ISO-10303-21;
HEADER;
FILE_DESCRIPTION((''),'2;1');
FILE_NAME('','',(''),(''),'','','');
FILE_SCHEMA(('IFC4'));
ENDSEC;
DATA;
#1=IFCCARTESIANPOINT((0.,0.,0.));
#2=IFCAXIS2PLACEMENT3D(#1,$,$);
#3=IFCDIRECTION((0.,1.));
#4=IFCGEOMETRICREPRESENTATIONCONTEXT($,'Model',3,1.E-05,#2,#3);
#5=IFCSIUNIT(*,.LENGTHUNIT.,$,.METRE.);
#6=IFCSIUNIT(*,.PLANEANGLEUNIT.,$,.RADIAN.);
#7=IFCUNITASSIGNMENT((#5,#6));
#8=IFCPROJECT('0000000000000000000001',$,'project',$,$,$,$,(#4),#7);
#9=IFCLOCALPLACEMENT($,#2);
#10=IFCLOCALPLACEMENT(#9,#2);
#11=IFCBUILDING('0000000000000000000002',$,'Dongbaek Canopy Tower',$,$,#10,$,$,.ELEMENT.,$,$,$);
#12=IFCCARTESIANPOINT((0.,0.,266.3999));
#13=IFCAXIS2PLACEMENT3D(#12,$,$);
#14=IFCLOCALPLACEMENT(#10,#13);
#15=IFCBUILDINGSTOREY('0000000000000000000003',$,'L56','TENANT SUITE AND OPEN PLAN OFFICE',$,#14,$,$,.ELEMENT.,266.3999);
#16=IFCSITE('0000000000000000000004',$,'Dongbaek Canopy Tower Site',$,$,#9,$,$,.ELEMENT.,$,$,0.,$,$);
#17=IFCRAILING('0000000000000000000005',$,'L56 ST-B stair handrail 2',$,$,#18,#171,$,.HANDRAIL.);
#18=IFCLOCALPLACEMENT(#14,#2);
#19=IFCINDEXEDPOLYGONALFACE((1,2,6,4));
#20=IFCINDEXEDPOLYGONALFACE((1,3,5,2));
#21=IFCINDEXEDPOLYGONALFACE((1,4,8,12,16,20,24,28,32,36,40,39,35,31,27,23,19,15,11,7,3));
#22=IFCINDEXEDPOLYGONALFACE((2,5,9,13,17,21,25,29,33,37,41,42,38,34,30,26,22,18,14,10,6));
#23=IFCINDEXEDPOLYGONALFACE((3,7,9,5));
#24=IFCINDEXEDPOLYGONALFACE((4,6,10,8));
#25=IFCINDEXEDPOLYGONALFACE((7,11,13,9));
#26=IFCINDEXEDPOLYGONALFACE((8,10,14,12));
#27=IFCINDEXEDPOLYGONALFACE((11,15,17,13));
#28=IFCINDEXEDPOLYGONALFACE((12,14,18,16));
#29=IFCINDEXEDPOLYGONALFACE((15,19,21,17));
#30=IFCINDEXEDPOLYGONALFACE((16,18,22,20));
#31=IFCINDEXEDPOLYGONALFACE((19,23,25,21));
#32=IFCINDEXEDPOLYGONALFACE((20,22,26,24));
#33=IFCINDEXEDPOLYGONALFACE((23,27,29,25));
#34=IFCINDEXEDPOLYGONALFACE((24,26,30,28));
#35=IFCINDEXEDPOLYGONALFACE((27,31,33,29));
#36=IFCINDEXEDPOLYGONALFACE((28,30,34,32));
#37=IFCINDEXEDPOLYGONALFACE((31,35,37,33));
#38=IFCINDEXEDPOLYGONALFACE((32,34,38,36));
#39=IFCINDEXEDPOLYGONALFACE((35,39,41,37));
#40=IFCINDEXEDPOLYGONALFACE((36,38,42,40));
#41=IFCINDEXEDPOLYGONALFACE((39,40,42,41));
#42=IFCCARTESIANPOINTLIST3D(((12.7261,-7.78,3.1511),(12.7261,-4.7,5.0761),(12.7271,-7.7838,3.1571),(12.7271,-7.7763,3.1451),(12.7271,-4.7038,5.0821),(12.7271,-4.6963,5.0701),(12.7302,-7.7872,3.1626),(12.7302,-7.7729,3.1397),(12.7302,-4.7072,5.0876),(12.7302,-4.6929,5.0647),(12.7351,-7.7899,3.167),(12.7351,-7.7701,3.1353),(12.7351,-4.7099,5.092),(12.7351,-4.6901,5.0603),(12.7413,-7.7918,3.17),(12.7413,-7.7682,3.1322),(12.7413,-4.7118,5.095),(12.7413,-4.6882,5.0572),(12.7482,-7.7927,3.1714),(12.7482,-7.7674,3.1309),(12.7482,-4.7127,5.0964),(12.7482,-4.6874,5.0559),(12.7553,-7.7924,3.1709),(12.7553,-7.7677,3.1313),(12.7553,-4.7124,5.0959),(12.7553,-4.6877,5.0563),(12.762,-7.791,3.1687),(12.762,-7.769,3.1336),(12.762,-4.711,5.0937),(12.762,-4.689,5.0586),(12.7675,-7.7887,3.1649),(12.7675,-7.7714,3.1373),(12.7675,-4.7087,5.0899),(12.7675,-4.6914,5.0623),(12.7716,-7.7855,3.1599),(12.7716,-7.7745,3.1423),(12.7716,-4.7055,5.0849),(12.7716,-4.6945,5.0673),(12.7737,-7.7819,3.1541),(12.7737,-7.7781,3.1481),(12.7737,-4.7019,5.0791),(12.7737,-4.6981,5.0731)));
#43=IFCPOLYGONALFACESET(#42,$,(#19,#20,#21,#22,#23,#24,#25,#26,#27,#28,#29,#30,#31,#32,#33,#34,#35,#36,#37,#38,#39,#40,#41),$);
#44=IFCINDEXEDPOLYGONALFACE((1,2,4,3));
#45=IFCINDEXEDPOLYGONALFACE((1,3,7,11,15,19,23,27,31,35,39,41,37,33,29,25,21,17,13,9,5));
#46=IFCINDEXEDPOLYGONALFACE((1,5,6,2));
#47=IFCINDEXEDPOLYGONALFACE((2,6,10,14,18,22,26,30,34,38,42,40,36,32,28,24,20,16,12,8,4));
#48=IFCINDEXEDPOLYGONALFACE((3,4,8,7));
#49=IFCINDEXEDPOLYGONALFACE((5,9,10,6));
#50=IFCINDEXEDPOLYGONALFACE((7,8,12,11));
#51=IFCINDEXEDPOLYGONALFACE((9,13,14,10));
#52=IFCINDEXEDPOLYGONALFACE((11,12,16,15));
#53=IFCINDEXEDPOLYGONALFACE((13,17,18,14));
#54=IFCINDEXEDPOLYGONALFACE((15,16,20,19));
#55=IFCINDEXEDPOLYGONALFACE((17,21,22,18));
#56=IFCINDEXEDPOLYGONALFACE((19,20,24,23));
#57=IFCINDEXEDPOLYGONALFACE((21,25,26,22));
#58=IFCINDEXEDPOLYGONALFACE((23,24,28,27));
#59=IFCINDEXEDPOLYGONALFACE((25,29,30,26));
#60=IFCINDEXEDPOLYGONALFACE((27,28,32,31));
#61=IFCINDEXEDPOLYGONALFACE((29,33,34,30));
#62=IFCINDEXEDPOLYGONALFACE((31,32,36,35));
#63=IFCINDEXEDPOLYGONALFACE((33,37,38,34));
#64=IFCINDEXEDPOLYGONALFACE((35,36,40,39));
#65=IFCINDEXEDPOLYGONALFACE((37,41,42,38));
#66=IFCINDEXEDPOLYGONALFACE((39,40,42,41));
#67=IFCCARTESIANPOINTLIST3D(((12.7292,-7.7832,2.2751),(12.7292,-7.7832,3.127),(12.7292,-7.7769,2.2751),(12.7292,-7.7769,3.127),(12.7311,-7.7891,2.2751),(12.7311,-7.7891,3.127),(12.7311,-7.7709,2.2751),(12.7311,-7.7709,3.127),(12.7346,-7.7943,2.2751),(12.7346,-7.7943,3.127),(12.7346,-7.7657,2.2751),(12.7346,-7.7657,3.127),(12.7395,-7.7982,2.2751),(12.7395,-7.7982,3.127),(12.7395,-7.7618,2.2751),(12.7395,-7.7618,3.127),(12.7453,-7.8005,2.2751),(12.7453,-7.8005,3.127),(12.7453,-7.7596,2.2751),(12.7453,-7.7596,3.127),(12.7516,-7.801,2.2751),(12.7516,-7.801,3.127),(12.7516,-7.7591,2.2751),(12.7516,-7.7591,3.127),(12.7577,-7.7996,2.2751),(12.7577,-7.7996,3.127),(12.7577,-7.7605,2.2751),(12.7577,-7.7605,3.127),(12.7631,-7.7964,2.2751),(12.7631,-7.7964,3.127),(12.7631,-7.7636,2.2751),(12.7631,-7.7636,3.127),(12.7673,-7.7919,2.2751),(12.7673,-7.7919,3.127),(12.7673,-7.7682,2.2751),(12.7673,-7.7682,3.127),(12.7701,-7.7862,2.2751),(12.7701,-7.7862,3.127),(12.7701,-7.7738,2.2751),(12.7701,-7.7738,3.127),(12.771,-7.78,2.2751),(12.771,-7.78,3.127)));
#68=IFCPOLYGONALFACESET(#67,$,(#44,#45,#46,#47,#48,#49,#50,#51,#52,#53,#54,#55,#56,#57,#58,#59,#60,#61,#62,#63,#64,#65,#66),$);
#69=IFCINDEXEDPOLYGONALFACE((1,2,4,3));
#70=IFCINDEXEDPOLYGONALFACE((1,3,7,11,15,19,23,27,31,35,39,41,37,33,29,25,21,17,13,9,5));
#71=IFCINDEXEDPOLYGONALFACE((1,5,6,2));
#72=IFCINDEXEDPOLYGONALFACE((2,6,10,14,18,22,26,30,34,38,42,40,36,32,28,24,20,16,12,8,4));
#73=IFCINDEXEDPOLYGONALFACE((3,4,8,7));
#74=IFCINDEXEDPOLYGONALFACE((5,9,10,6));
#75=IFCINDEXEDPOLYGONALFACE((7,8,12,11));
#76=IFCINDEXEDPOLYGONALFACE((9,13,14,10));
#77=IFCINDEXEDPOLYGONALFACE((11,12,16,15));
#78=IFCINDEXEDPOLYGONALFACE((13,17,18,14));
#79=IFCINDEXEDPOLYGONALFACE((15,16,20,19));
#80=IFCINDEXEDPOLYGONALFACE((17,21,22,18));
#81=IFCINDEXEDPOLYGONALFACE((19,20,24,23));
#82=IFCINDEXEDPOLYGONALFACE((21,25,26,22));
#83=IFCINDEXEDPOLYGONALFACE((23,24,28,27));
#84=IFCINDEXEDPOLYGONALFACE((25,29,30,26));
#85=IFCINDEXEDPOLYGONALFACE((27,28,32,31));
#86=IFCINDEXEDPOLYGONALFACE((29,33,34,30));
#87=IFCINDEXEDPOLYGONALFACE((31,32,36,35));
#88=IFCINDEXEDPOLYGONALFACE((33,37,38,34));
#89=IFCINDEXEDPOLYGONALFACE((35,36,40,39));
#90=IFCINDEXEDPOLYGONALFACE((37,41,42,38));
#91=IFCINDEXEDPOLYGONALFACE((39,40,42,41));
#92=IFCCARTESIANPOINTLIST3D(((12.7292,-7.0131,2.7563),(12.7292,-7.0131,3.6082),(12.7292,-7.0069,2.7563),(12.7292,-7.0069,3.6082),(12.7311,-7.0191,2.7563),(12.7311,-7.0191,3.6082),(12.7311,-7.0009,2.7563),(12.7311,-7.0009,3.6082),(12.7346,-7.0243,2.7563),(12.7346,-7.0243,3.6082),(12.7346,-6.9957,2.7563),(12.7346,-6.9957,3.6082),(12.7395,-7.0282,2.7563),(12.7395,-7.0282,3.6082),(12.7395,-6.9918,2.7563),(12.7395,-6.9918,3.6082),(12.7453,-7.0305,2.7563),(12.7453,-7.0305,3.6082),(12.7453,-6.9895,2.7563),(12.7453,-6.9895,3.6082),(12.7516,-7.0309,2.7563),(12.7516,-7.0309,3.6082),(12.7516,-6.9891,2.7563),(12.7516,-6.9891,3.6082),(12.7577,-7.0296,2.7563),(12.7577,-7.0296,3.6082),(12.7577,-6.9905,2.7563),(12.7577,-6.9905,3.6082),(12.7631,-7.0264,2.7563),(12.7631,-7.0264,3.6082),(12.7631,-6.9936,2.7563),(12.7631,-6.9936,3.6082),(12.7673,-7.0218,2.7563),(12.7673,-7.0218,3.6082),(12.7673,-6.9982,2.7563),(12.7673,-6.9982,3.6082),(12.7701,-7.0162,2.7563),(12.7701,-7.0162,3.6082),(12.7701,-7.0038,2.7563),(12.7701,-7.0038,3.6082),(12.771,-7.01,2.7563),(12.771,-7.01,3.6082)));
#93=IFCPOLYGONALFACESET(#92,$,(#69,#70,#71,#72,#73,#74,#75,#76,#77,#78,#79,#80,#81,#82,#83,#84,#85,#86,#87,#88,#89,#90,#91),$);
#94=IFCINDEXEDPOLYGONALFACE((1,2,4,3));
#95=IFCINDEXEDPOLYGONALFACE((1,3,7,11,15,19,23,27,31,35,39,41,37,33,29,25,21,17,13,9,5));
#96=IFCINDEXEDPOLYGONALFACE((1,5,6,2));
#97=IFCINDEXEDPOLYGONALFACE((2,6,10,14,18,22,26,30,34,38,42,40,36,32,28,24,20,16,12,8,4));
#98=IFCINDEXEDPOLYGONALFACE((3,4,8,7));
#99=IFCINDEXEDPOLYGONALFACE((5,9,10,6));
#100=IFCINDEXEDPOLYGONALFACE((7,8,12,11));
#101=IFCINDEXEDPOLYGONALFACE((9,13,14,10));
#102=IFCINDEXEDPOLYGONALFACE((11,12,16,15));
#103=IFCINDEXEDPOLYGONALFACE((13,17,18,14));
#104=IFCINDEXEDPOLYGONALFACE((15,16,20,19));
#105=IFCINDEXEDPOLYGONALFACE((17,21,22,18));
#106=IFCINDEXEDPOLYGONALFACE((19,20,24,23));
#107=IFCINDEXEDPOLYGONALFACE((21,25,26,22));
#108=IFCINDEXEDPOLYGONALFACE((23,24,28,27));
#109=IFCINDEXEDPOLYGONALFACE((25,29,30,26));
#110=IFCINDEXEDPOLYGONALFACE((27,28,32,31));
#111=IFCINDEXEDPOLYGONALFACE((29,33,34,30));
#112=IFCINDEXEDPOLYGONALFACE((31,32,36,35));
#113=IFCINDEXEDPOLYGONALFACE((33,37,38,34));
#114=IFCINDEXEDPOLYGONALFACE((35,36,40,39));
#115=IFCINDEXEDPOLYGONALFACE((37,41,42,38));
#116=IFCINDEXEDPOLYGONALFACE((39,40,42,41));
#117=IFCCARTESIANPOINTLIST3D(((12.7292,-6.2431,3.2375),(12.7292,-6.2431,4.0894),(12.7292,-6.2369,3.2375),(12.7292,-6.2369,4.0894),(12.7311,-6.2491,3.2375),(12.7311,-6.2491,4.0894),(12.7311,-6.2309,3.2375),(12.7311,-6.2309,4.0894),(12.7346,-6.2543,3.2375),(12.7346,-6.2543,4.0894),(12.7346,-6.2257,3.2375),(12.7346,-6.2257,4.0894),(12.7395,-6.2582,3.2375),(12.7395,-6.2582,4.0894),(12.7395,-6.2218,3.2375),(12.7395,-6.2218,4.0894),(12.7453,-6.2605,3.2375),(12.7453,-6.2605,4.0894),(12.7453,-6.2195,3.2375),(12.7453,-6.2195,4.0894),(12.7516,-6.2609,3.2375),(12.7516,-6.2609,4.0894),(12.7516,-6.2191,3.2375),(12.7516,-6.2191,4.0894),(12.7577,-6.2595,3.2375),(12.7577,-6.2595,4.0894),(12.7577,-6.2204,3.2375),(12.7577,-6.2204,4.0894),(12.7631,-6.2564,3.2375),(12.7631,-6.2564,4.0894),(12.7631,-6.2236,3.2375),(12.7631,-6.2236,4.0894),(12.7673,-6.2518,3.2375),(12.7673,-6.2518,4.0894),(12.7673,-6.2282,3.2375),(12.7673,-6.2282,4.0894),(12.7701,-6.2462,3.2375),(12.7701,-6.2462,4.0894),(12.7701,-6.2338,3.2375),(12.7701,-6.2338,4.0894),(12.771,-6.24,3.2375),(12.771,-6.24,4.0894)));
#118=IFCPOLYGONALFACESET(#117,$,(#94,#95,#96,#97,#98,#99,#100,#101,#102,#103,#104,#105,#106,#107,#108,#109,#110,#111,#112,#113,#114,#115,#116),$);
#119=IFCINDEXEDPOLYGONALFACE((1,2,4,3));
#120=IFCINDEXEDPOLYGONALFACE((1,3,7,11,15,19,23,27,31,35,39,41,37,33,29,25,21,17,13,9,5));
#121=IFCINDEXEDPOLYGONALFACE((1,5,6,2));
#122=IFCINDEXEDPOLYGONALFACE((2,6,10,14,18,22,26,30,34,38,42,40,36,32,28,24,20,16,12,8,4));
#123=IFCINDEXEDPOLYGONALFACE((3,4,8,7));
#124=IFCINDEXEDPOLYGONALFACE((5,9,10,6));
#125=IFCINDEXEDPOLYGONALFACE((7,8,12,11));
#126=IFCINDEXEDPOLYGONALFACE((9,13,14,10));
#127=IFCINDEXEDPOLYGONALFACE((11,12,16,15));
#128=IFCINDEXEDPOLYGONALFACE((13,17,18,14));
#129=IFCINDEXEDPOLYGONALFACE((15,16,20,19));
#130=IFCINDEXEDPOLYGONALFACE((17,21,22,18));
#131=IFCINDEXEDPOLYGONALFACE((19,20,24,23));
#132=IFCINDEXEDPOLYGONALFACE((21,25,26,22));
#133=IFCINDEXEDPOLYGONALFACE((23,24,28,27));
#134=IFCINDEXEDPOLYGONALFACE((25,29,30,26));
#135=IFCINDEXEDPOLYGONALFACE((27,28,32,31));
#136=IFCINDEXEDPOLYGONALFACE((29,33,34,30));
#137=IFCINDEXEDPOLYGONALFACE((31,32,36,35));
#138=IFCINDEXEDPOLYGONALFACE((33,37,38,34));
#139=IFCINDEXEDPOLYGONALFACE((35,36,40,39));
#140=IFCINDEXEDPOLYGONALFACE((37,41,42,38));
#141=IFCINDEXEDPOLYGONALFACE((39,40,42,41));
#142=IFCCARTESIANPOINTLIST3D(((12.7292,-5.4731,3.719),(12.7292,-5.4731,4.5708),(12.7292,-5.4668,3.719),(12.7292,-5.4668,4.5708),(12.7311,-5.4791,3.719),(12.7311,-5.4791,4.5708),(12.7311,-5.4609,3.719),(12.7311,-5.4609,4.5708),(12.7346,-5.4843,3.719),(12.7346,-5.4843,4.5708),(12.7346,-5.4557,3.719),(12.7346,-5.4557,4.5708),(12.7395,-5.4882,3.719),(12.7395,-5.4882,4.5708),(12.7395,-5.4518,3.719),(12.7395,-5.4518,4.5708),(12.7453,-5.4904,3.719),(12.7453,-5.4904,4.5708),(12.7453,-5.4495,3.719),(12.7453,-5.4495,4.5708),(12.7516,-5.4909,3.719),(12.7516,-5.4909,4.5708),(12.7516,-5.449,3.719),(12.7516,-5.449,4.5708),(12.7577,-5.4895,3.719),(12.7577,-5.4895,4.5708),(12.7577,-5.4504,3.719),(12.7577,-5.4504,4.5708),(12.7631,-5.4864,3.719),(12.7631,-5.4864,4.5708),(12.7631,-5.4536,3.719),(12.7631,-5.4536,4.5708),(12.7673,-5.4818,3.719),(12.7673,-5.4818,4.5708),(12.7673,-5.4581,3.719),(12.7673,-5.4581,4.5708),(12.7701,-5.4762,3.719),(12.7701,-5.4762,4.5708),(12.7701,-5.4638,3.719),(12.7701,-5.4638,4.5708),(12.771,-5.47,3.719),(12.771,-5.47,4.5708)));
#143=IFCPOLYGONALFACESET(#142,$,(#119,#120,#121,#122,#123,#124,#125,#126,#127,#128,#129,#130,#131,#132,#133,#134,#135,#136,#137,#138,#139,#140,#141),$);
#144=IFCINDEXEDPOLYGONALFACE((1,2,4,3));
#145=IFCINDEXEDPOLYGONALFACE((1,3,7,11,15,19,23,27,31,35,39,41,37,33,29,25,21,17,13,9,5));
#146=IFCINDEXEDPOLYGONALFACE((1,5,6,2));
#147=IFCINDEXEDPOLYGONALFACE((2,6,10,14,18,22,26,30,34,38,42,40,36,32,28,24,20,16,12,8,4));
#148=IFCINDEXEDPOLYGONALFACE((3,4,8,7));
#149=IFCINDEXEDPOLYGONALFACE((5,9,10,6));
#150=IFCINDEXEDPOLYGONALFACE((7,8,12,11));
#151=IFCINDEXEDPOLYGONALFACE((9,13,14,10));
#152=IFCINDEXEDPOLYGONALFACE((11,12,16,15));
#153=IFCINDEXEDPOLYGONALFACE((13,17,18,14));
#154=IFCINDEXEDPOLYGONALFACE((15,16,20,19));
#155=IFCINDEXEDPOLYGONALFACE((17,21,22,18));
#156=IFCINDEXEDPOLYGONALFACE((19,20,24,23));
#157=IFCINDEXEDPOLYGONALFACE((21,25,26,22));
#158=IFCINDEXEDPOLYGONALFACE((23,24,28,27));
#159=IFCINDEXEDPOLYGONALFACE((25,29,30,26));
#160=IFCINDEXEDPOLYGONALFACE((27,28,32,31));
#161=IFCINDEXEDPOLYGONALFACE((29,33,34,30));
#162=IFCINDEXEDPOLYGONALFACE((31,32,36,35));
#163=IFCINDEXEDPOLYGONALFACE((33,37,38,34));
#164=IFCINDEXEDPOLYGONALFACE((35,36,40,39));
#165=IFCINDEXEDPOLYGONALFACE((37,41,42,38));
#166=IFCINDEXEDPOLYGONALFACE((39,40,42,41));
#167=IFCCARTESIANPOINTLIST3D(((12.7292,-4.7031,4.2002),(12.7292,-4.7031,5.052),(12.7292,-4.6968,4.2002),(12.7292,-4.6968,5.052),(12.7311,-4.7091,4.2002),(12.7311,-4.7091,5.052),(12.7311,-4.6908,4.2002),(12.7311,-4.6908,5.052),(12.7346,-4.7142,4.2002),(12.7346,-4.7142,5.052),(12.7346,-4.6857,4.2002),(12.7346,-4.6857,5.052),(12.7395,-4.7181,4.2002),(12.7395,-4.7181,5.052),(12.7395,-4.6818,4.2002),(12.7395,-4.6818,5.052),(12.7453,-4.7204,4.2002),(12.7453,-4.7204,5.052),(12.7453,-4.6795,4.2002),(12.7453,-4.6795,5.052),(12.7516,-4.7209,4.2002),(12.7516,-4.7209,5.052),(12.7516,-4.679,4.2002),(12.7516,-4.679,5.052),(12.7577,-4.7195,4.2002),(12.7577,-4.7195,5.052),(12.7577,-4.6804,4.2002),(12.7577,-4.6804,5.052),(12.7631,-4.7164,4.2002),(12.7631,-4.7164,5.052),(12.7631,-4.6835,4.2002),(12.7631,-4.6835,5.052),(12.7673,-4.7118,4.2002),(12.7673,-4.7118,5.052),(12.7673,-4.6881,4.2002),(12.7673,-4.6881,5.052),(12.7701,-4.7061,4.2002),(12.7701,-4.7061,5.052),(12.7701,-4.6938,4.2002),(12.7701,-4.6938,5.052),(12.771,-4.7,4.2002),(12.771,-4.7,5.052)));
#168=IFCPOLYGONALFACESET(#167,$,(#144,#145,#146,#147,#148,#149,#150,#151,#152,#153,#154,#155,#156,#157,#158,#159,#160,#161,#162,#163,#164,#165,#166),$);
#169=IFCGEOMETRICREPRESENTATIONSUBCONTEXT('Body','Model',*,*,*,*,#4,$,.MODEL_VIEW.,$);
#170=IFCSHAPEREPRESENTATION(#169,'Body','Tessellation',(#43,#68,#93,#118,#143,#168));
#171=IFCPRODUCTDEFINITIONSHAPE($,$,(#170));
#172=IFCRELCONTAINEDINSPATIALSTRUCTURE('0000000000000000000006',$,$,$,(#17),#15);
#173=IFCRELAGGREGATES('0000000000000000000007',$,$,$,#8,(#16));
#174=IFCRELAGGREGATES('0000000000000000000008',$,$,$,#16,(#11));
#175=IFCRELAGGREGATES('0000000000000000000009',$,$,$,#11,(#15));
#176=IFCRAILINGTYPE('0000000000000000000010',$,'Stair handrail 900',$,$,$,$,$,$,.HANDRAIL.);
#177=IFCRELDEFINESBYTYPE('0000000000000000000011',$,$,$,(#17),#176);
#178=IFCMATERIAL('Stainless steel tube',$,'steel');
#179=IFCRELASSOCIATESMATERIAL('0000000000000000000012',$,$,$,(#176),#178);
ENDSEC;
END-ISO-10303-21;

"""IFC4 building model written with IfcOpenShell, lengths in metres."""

from ifc_helpers import new_model, si_unit, direction, frame, origin, origin_2d, place, context, subcontext, project, spatial, circle, extrude, material, type_object, element, save


model = new_model("IFC4")

# Units and contexts
model_context = context("Model", 3, precision=1e-05, world=origin(), true_north=direction((0.0, 1.0)))
body_context = subcontext(model_context, "Body", "Model", "MODEL_VIEW")
ifc_project = project(units=[si_unit("LENGTHUNIT", "METRE"), si_unit("PLANEANGLEUNIT", "RADIAN")], contexts=[model_context])

# Site, building, storey
site_placement = place(None, origin())
site = spatial("IfcSite", under=ifc_project, at=site_placement, Name="Dongbaek Canopy Tower Site", CompositionType="ELEMENT", RefElevation=0.0)
building_placement = place(site_placement, origin())
building = spatial("IfcBuilding", under=site, at=building_placement, Name="Dongbaek Canopy Tower", CompositionType="ELEMENT")
storey_placement = place(building_placement, frame((0.0, 0.0, 266.3999)))
storey = spatial("IfcBuildingStorey", under=building, at=storey_placement, Name="L56", Description="TENANT SUITE AND OPEN PLAN OFFICE", CompositionType="ELEMENT", Elevation=266.3999)

# Railing
ifc_material_1 = material(Name="Stainless steel tube", Category="steel")
railing_type_1 = type_object("IfcRailingType", Name="Stair handrail 900", PredefinedType="HANDRAIL", material=ifc_material_1)
railing_1_placement = place(storey_placement, frame((12.75, -7.78, 2.2751)))
element("IfcRailing", 1, at=railing_1_placement, inside=storey, type_object=railing_type_1, Name="L56 ST-B stair handrail 2", PredefinedType="HANDRAIL", context=body_context, shape_type="SweptSolid", body=[
    extrude(circle(Radius=0.0239, at=origin_2d()), frame((0.0, 0.0, 0.876), z_axis=(0.0, 0.847998, 0.529999), x_axis=(-1.0, 0.0, 0.0)), (0.0, 0.0, 1.0), 3.6321),
    extrude(circle(Radius=0.021, at=origin_2d()), origin(), (0.0, 0.0, 1.0), 0.8518),
    extrude(circle(Radius=0.021, at=origin_2d()), frame((0.0, 0.77, 0.4812)), (0.0, 0.0, 1.0), 0.8518),
    extrude(circle(Radius=0.021, at=origin_2d()), frame((0.0, 1.54, 0.9624)), (0.0, 0.0, 1.0), 0.8518),
    extrude(circle(Radius=0.021, at=origin_2d()), frame((0.0, 2.3101, 1.4438)), (0.0, 0.0, 1.0), 0.8518),
    extrude(circle(Radius=0.021, at=origin_2d()), frame((0.0, 3.0801, 1.925)), (0.0, 0.0, 1.0), 0.8518),
])

save(model, "model.ifc")
